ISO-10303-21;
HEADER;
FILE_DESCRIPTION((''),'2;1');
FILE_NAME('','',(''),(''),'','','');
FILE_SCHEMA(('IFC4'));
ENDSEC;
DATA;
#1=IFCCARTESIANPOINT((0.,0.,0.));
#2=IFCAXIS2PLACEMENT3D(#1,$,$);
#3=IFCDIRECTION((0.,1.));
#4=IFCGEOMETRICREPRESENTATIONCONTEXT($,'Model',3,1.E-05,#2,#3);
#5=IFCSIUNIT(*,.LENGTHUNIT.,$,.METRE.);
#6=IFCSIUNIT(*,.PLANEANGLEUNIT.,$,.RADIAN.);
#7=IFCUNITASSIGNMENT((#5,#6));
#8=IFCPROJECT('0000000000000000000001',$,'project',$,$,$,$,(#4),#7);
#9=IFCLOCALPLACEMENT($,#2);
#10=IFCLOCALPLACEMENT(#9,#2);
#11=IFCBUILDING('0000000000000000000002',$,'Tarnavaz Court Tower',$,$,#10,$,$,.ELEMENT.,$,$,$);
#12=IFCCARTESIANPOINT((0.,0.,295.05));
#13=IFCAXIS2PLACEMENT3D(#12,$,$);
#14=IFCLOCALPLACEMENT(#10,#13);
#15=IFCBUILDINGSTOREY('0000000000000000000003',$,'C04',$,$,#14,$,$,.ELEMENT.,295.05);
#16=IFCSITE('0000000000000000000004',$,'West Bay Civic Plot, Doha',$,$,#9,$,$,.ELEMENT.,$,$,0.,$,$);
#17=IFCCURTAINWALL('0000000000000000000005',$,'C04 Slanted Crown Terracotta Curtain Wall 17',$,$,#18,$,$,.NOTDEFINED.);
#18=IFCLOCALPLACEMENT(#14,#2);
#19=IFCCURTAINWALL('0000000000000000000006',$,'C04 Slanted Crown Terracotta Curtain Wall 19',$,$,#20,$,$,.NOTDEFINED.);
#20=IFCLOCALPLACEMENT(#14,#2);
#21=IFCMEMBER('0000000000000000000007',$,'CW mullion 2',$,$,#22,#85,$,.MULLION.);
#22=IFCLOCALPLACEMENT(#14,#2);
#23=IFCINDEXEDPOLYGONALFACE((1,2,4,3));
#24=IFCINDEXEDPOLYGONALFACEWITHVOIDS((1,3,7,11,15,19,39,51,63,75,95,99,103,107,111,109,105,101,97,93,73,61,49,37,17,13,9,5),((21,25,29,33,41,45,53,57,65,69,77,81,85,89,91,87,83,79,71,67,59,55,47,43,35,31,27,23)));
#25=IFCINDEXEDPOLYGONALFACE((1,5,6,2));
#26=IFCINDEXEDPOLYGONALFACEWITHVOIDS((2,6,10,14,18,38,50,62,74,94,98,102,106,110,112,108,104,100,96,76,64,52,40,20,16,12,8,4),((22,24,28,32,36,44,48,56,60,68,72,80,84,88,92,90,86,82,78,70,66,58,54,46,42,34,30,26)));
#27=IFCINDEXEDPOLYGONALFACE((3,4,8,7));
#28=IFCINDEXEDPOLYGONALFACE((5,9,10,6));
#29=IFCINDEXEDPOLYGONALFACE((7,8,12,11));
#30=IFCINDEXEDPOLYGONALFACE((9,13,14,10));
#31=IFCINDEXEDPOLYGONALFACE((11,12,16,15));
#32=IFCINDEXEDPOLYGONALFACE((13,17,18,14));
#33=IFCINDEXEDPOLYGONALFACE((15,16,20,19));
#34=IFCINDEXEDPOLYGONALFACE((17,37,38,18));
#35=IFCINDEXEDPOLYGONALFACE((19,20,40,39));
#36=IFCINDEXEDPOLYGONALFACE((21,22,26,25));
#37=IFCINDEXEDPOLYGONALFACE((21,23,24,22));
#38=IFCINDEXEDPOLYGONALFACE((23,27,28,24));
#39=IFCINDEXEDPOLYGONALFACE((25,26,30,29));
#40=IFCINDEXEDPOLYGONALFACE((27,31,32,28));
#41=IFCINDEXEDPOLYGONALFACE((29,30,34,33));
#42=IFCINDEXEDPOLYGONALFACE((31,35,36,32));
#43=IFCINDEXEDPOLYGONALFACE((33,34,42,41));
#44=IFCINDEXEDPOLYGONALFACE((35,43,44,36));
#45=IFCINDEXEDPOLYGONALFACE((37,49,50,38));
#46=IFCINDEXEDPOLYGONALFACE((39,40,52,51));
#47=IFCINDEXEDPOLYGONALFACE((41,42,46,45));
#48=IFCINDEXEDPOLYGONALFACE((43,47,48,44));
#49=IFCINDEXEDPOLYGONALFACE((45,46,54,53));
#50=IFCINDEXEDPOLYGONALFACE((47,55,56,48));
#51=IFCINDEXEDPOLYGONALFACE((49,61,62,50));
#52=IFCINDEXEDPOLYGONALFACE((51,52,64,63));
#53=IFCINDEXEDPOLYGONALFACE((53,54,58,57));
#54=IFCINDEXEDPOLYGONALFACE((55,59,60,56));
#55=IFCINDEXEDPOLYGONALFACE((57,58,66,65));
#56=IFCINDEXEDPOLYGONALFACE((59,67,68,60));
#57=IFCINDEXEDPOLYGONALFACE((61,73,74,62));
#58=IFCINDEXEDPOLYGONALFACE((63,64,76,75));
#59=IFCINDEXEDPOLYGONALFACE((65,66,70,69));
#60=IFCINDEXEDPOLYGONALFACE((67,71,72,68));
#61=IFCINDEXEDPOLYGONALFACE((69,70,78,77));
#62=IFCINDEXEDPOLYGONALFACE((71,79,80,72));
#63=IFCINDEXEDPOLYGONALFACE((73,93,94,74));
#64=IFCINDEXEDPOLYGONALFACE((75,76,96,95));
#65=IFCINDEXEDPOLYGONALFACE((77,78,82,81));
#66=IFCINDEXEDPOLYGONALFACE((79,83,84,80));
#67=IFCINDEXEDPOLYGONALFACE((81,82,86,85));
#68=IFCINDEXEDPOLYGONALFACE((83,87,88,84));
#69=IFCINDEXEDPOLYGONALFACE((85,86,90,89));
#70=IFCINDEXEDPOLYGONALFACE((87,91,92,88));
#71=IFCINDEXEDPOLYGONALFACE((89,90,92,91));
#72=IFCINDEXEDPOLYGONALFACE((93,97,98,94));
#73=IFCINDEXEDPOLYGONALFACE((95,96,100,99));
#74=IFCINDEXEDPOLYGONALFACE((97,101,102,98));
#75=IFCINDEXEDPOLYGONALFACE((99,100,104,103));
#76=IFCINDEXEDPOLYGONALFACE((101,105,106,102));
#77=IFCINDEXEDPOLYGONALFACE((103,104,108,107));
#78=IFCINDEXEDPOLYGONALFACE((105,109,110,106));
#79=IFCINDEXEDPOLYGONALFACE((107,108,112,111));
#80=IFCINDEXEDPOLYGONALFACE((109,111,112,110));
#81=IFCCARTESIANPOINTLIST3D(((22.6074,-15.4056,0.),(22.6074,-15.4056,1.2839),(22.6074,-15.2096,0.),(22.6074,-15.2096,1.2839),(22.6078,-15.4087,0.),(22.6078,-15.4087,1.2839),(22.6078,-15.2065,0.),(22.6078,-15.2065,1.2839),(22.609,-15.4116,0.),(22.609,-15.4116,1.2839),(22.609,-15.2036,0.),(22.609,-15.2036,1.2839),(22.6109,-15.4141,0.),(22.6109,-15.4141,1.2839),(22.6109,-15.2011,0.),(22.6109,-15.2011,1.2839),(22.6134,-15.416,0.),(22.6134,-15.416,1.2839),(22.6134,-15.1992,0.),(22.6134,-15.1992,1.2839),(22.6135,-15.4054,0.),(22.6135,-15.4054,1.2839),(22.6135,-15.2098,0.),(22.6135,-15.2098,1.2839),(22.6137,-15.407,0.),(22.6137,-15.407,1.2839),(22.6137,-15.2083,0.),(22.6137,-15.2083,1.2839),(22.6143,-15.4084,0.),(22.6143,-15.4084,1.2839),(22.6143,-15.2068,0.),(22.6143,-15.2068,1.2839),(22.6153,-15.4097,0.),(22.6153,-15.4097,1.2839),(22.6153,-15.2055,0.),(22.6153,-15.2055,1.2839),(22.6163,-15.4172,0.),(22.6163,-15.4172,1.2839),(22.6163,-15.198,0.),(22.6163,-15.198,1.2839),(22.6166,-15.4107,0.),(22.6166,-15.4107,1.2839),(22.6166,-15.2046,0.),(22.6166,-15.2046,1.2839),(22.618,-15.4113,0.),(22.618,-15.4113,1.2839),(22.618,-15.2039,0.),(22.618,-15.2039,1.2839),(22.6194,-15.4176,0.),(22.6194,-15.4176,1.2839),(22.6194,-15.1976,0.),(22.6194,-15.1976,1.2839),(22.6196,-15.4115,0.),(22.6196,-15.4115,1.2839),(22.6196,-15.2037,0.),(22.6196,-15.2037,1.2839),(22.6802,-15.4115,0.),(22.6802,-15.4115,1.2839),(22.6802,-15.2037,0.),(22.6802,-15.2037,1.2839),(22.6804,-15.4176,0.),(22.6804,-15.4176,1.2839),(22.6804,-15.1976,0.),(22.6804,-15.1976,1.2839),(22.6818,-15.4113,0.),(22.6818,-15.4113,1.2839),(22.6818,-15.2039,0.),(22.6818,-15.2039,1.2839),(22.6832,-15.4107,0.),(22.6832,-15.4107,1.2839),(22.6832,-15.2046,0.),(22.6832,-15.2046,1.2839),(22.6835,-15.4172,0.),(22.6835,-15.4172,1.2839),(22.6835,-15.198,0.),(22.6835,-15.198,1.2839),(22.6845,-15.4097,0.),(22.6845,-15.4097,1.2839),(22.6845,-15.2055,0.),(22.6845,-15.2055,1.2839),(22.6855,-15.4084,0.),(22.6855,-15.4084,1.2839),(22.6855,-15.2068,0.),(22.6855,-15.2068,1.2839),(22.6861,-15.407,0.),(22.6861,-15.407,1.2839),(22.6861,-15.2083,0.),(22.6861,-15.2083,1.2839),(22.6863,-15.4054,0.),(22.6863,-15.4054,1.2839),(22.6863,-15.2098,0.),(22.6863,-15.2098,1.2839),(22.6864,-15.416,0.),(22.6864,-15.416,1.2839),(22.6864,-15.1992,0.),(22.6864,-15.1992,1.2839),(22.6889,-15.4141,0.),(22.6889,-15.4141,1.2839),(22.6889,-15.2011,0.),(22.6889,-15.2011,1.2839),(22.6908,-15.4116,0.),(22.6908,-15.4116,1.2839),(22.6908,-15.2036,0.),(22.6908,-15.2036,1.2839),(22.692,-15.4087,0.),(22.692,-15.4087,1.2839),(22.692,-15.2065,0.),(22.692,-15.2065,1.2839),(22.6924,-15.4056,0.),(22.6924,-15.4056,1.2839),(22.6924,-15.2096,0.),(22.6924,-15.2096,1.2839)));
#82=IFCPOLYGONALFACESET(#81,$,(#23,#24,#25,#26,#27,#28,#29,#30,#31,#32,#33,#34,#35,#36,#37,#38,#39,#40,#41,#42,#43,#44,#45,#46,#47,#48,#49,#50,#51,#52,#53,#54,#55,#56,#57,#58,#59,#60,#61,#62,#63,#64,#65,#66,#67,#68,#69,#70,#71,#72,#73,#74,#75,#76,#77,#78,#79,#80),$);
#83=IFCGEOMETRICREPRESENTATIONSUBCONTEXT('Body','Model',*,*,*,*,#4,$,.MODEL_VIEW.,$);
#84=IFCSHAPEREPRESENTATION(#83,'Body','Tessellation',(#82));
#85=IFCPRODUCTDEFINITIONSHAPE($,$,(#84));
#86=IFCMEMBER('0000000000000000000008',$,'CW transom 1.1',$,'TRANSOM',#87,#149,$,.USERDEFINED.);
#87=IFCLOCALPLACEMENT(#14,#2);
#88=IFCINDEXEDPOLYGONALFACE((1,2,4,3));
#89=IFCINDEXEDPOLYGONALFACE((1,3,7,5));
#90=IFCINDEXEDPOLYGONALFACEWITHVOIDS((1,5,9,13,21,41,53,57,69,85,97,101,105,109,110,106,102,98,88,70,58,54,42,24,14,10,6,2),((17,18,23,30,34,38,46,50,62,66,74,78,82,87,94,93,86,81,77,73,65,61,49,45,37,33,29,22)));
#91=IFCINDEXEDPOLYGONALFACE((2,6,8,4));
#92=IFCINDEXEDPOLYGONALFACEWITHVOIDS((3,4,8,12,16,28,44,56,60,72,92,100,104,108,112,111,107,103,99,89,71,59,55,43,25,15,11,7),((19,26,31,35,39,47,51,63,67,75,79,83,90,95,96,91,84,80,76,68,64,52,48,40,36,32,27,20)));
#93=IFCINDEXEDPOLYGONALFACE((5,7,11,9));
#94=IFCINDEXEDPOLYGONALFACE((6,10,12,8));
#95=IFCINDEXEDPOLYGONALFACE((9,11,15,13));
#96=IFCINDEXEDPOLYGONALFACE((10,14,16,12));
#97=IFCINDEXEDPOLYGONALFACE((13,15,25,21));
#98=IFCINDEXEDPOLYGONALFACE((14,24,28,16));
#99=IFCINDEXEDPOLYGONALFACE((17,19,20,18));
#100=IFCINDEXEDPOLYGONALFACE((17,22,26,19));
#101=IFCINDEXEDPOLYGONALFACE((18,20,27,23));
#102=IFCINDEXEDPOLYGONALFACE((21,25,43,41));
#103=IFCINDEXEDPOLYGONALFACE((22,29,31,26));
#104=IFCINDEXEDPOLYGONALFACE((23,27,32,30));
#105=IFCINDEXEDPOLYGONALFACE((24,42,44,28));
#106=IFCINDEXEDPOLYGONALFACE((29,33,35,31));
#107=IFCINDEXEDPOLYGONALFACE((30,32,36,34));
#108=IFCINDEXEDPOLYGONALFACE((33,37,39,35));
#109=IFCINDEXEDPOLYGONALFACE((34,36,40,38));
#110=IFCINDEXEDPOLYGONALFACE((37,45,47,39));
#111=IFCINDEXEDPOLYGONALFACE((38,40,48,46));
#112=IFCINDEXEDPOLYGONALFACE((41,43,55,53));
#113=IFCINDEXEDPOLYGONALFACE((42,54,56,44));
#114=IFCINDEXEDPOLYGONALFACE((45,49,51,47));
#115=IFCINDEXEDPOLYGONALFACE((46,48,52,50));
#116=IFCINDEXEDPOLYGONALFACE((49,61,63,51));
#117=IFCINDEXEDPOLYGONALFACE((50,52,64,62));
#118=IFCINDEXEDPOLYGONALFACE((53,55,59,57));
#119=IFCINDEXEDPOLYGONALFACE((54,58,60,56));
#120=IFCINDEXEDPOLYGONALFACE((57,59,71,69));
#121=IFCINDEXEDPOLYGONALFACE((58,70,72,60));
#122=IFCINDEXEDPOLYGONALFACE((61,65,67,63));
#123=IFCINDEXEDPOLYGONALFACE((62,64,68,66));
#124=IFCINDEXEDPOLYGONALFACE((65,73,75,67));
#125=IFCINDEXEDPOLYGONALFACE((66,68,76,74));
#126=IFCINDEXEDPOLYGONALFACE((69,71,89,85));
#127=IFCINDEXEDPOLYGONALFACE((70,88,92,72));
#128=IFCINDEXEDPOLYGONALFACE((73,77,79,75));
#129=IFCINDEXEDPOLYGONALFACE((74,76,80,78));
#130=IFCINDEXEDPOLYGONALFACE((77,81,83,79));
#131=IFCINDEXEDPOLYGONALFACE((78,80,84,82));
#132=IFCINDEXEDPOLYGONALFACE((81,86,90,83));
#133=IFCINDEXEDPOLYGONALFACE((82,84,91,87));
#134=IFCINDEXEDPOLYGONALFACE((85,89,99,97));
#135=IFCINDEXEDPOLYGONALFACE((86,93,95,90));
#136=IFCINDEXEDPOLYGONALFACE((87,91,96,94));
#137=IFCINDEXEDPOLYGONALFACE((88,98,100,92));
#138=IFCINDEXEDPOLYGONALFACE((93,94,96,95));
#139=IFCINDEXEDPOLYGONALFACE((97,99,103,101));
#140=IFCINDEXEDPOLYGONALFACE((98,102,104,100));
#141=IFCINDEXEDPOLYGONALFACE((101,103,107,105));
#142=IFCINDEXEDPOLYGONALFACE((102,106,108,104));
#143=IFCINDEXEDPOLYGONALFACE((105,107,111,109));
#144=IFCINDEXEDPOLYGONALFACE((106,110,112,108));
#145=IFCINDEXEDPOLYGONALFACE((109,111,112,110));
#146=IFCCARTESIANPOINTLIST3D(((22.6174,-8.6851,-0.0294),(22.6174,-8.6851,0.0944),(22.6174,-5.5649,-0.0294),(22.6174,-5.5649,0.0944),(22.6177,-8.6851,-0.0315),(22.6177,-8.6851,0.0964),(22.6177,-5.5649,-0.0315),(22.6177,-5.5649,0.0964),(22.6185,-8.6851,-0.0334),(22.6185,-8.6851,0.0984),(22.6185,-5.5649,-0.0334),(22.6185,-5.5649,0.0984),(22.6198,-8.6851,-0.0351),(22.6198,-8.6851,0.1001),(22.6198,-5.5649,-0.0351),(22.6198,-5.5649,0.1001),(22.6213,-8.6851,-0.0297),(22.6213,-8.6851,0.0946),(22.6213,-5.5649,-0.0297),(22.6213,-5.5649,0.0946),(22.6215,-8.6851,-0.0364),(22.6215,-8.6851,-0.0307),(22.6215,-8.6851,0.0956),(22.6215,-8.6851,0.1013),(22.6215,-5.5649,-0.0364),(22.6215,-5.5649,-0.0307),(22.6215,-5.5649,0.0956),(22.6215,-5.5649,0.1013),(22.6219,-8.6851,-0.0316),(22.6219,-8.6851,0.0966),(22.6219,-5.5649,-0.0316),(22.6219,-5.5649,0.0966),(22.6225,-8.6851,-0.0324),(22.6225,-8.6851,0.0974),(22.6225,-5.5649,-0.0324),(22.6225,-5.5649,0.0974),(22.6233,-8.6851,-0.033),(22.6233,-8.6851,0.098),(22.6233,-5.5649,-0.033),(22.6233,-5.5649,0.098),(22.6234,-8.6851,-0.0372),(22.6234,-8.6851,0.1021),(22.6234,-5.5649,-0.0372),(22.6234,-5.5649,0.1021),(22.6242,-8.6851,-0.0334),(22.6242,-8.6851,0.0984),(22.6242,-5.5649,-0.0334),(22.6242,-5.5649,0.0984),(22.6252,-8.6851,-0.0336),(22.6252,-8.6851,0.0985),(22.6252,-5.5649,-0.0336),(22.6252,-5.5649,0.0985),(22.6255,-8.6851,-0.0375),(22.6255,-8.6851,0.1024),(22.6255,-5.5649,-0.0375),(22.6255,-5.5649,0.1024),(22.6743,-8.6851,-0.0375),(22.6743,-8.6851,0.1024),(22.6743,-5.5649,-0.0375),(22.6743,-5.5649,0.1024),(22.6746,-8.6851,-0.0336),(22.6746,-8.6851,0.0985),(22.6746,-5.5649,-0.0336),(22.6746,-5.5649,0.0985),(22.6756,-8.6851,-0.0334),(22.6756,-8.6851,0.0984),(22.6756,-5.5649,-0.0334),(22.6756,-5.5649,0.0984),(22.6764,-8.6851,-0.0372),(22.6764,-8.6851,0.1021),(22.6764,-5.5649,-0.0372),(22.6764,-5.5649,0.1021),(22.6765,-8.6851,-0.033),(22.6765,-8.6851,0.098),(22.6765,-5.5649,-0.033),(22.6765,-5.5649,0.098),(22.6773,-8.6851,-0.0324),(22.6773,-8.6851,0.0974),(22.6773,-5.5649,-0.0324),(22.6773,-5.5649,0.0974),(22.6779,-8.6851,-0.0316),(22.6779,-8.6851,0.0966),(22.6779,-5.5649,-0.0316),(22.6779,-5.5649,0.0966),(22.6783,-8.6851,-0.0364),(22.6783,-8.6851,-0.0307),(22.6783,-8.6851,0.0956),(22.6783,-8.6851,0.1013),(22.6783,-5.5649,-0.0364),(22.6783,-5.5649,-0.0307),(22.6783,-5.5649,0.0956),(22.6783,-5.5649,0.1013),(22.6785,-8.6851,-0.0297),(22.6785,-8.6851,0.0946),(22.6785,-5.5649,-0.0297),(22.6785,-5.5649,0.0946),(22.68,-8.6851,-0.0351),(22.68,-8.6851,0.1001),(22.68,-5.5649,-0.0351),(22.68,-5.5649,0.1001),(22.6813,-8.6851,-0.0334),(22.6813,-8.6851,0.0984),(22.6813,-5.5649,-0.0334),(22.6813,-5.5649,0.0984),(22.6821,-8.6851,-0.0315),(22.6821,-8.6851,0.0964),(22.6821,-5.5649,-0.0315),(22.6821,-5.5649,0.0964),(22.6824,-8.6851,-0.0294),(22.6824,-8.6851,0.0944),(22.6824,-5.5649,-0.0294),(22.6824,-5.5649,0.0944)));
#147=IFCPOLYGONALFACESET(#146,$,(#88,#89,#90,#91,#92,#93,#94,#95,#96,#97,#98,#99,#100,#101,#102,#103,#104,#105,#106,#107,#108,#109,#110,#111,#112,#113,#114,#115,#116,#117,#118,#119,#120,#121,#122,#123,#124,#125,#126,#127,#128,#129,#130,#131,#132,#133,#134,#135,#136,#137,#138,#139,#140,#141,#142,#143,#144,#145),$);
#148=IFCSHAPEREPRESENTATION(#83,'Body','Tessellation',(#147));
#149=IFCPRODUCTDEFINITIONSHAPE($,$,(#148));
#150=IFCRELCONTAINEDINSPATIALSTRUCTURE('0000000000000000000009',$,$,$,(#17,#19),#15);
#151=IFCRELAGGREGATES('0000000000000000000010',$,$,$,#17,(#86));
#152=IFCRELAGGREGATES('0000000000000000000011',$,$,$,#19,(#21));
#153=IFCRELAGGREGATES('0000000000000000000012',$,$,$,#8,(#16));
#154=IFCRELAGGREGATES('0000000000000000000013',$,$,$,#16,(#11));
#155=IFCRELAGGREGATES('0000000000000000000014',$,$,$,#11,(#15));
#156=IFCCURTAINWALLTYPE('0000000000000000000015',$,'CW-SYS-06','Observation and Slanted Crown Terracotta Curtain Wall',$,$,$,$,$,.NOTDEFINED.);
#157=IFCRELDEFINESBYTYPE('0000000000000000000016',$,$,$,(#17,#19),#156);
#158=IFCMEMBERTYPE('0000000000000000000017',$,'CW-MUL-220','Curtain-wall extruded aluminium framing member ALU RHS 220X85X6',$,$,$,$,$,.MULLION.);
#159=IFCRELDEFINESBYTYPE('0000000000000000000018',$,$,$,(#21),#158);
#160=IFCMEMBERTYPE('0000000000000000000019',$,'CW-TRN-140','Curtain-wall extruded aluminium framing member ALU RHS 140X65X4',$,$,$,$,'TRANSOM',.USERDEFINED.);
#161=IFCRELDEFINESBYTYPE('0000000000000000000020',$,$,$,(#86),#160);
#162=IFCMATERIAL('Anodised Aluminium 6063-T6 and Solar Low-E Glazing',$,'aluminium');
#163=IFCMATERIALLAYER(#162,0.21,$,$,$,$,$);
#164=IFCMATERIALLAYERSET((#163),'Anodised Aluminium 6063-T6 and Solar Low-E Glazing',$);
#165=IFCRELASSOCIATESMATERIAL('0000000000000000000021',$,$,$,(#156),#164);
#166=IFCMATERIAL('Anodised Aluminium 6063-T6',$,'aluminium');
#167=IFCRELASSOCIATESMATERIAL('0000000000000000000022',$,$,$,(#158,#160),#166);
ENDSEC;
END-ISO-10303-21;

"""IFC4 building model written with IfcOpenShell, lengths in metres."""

from ifc_helpers import new_model, si_unit, direction, frame, origin, origin_2d, place, context, subcontext, project, spatial, hollow_rectangle, extrude, material, layer, layer_set, material_profile, profile_set, type_object, element, aggregate, save


model = new_model("IFC4")

# Units and contexts
model_context = context("Model", 3, precision=1e-05, world=origin(), true_north=direction((0.0, 1.0)))
body_context = subcontext(model_context, "Body", "Model", "MODEL_VIEW")
ifc_project = project(units=[si_unit("LENGTHUNIT", "METRE"), si_unit("PLANEANGLEUNIT", "RADIAN")], contexts=[model_context])

# Site, building, storey
site_placement = place(None, origin())
site = spatial("IfcSite", under=ifc_project, at=site_placement, Name="West Bay Civic Plot, Doha", CompositionType="ELEMENT", RefElevation=0.0)
building_placement = place(site_placement, origin())
building = spatial("IfcBuilding", under=site, at=building_placement, Name="Tarnavaz Court Tower", CompositionType="ELEMENT")
storey_placement = place(building_placement, frame((0.0, 0.0, 295.05)))
storey = spatial("IfcBuildingStorey", under=building, at=storey_placement, Name="C04", CompositionType="ELEMENT", Elevation=295.05)

# Curtain wall
ifc_material_1 = material(Name="Anodised Aluminium 6063-T6 and Solar Low-E Glazing", Category="aluminium")
ifc_layer_1 = layer(ifc_material_1, 0.21)
ifc_layer_set_1 = layer_set([ifc_layer_1], Name="Anodised Aluminium 6063-T6 and Solar Low-E Glazing")
curtain_wall_type = type_object("IfcCurtainWallType", Name="CW-SYS-06", Description="Observation and Slanted Crown Terracotta Curtain Wall", PredefinedType="NOTDEFINED", material=ifc_layer_set_1)
curtain_wall_1_placement = place(storey_placement, origin())
curtain_wall_1 = element("IfcCurtainWall", 1, at=curtain_wall_1_placement, inside=storey, type_object=curtain_wall_type, Name="C04 Slanted Crown Terracotta Curtain Wall 17", PredefinedType="NOTDEFINED")
ifc_material_2 = material(Name="Anodised Aluminium 6063-T6", Category="aluminium")
ifc_material_profile_1 = material_profile(ifc_material_2, hollow_rectangle(XDim=0.085, YDim=0.22, WallThickness=0.0061, InnerFilletRadius=0.0061, OuterFilletRadius=0.012, at=origin_2d()), Name="ALU RHS 220X85X6")
ifc_profile_set_1 = profile_set([ifc_material_profile_1], Name="Anodised Aluminium 6063-T6")
member_type_1 = type_object("IfcMemberType", Name="CW-MUL-220", Description="Curtain-wall extruded aluminium framing member ALU RHS 220X85X6", PredefinedType="MULLION", material=ifc_profile_set_1)

# Curtain wall, member
curtain_wall_2_placement = place(storey_placement, origin())
curtain_wall_2 = element("IfcCurtainWall", 2, at=curtain_wall_2_placement, inside=storey, type_object=curtain_wall_type, Name="C04 Slanted Crown Terracotta Curtain Wall 19", PredefinedType="NOTDEFINED")
member_1_placement = place(storey_placement, frame((22.6499, -15.3076, 0.0), z_axis=(0.0, 0.0, 1.0), x_axis=(1.0, 0.0, 0.0)))
member_1 = element("IfcMember", 3, at=member_1_placement, type_object=member_type_1, Name="CW mullion 2", PredefinedType="MULLION", context=body_context, shape_type="SweptSolid", body=[
    extrude(hollow_rectangle(XDim=0.085, YDim=0.22, WallThickness=0.0061, InnerFilletRadius=0.0061, OuterFilletRadius=0.012, at=origin_2d()), origin(), (0.0, 0.0, 1.0), 1.2839),
])

# Member
ifc_material_profile_2 = material_profile(ifc_material_2, hollow_rectangle(XDim=0.0649, YDim=0.1399, WallThickness=0.0039, InnerFilletRadius=0.0039, OuterFilletRadius=0.0081, at=origin_2d()), Name="ALU RHS 140X65X4")
ifc_profile_set_2 = profile_set([ifc_material_profile_2], Name="Anodised Aluminium 6063-T6")
member_type_2 = type_object("IfcMemberType", Name="CW-TRN-140", Description="Curtain-wall extruded aluminium framing member ALU RHS 140X65X4", ElementType="TRANSOM", PredefinedType="USERDEFINED", material=ifc_profile_set_2)
member_2_placement = place(storey_placement, frame((22.6499, -5.5649, 0.0325), z_axis=(0.0, -1.0, 0.0), x_axis=(1.0, 0.0, 0.0)))
member_2 = element("IfcMember", 4, at=member_2_placement, type_object=member_type_2, Name="CW transom 1.1", ObjectType="TRANSOM", PredefinedType="USERDEFINED", context=body_context, shape_type="SweptSolid", body=[
    extrude(hollow_rectangle(XDim=0.0649, YDim=0.1399, WallThickness=0.0039, InnerFilletRadius=0.0039, OuterFilletRadius=0.0081, at=origin_2d()), origin(), (0.0, 0.0, 1.0), 3.1201),
])

aggregate(curtain_wall_1, [member_2])
aggregate(curtain_wall_2, [member_1])

save(model, "model.ifc")
